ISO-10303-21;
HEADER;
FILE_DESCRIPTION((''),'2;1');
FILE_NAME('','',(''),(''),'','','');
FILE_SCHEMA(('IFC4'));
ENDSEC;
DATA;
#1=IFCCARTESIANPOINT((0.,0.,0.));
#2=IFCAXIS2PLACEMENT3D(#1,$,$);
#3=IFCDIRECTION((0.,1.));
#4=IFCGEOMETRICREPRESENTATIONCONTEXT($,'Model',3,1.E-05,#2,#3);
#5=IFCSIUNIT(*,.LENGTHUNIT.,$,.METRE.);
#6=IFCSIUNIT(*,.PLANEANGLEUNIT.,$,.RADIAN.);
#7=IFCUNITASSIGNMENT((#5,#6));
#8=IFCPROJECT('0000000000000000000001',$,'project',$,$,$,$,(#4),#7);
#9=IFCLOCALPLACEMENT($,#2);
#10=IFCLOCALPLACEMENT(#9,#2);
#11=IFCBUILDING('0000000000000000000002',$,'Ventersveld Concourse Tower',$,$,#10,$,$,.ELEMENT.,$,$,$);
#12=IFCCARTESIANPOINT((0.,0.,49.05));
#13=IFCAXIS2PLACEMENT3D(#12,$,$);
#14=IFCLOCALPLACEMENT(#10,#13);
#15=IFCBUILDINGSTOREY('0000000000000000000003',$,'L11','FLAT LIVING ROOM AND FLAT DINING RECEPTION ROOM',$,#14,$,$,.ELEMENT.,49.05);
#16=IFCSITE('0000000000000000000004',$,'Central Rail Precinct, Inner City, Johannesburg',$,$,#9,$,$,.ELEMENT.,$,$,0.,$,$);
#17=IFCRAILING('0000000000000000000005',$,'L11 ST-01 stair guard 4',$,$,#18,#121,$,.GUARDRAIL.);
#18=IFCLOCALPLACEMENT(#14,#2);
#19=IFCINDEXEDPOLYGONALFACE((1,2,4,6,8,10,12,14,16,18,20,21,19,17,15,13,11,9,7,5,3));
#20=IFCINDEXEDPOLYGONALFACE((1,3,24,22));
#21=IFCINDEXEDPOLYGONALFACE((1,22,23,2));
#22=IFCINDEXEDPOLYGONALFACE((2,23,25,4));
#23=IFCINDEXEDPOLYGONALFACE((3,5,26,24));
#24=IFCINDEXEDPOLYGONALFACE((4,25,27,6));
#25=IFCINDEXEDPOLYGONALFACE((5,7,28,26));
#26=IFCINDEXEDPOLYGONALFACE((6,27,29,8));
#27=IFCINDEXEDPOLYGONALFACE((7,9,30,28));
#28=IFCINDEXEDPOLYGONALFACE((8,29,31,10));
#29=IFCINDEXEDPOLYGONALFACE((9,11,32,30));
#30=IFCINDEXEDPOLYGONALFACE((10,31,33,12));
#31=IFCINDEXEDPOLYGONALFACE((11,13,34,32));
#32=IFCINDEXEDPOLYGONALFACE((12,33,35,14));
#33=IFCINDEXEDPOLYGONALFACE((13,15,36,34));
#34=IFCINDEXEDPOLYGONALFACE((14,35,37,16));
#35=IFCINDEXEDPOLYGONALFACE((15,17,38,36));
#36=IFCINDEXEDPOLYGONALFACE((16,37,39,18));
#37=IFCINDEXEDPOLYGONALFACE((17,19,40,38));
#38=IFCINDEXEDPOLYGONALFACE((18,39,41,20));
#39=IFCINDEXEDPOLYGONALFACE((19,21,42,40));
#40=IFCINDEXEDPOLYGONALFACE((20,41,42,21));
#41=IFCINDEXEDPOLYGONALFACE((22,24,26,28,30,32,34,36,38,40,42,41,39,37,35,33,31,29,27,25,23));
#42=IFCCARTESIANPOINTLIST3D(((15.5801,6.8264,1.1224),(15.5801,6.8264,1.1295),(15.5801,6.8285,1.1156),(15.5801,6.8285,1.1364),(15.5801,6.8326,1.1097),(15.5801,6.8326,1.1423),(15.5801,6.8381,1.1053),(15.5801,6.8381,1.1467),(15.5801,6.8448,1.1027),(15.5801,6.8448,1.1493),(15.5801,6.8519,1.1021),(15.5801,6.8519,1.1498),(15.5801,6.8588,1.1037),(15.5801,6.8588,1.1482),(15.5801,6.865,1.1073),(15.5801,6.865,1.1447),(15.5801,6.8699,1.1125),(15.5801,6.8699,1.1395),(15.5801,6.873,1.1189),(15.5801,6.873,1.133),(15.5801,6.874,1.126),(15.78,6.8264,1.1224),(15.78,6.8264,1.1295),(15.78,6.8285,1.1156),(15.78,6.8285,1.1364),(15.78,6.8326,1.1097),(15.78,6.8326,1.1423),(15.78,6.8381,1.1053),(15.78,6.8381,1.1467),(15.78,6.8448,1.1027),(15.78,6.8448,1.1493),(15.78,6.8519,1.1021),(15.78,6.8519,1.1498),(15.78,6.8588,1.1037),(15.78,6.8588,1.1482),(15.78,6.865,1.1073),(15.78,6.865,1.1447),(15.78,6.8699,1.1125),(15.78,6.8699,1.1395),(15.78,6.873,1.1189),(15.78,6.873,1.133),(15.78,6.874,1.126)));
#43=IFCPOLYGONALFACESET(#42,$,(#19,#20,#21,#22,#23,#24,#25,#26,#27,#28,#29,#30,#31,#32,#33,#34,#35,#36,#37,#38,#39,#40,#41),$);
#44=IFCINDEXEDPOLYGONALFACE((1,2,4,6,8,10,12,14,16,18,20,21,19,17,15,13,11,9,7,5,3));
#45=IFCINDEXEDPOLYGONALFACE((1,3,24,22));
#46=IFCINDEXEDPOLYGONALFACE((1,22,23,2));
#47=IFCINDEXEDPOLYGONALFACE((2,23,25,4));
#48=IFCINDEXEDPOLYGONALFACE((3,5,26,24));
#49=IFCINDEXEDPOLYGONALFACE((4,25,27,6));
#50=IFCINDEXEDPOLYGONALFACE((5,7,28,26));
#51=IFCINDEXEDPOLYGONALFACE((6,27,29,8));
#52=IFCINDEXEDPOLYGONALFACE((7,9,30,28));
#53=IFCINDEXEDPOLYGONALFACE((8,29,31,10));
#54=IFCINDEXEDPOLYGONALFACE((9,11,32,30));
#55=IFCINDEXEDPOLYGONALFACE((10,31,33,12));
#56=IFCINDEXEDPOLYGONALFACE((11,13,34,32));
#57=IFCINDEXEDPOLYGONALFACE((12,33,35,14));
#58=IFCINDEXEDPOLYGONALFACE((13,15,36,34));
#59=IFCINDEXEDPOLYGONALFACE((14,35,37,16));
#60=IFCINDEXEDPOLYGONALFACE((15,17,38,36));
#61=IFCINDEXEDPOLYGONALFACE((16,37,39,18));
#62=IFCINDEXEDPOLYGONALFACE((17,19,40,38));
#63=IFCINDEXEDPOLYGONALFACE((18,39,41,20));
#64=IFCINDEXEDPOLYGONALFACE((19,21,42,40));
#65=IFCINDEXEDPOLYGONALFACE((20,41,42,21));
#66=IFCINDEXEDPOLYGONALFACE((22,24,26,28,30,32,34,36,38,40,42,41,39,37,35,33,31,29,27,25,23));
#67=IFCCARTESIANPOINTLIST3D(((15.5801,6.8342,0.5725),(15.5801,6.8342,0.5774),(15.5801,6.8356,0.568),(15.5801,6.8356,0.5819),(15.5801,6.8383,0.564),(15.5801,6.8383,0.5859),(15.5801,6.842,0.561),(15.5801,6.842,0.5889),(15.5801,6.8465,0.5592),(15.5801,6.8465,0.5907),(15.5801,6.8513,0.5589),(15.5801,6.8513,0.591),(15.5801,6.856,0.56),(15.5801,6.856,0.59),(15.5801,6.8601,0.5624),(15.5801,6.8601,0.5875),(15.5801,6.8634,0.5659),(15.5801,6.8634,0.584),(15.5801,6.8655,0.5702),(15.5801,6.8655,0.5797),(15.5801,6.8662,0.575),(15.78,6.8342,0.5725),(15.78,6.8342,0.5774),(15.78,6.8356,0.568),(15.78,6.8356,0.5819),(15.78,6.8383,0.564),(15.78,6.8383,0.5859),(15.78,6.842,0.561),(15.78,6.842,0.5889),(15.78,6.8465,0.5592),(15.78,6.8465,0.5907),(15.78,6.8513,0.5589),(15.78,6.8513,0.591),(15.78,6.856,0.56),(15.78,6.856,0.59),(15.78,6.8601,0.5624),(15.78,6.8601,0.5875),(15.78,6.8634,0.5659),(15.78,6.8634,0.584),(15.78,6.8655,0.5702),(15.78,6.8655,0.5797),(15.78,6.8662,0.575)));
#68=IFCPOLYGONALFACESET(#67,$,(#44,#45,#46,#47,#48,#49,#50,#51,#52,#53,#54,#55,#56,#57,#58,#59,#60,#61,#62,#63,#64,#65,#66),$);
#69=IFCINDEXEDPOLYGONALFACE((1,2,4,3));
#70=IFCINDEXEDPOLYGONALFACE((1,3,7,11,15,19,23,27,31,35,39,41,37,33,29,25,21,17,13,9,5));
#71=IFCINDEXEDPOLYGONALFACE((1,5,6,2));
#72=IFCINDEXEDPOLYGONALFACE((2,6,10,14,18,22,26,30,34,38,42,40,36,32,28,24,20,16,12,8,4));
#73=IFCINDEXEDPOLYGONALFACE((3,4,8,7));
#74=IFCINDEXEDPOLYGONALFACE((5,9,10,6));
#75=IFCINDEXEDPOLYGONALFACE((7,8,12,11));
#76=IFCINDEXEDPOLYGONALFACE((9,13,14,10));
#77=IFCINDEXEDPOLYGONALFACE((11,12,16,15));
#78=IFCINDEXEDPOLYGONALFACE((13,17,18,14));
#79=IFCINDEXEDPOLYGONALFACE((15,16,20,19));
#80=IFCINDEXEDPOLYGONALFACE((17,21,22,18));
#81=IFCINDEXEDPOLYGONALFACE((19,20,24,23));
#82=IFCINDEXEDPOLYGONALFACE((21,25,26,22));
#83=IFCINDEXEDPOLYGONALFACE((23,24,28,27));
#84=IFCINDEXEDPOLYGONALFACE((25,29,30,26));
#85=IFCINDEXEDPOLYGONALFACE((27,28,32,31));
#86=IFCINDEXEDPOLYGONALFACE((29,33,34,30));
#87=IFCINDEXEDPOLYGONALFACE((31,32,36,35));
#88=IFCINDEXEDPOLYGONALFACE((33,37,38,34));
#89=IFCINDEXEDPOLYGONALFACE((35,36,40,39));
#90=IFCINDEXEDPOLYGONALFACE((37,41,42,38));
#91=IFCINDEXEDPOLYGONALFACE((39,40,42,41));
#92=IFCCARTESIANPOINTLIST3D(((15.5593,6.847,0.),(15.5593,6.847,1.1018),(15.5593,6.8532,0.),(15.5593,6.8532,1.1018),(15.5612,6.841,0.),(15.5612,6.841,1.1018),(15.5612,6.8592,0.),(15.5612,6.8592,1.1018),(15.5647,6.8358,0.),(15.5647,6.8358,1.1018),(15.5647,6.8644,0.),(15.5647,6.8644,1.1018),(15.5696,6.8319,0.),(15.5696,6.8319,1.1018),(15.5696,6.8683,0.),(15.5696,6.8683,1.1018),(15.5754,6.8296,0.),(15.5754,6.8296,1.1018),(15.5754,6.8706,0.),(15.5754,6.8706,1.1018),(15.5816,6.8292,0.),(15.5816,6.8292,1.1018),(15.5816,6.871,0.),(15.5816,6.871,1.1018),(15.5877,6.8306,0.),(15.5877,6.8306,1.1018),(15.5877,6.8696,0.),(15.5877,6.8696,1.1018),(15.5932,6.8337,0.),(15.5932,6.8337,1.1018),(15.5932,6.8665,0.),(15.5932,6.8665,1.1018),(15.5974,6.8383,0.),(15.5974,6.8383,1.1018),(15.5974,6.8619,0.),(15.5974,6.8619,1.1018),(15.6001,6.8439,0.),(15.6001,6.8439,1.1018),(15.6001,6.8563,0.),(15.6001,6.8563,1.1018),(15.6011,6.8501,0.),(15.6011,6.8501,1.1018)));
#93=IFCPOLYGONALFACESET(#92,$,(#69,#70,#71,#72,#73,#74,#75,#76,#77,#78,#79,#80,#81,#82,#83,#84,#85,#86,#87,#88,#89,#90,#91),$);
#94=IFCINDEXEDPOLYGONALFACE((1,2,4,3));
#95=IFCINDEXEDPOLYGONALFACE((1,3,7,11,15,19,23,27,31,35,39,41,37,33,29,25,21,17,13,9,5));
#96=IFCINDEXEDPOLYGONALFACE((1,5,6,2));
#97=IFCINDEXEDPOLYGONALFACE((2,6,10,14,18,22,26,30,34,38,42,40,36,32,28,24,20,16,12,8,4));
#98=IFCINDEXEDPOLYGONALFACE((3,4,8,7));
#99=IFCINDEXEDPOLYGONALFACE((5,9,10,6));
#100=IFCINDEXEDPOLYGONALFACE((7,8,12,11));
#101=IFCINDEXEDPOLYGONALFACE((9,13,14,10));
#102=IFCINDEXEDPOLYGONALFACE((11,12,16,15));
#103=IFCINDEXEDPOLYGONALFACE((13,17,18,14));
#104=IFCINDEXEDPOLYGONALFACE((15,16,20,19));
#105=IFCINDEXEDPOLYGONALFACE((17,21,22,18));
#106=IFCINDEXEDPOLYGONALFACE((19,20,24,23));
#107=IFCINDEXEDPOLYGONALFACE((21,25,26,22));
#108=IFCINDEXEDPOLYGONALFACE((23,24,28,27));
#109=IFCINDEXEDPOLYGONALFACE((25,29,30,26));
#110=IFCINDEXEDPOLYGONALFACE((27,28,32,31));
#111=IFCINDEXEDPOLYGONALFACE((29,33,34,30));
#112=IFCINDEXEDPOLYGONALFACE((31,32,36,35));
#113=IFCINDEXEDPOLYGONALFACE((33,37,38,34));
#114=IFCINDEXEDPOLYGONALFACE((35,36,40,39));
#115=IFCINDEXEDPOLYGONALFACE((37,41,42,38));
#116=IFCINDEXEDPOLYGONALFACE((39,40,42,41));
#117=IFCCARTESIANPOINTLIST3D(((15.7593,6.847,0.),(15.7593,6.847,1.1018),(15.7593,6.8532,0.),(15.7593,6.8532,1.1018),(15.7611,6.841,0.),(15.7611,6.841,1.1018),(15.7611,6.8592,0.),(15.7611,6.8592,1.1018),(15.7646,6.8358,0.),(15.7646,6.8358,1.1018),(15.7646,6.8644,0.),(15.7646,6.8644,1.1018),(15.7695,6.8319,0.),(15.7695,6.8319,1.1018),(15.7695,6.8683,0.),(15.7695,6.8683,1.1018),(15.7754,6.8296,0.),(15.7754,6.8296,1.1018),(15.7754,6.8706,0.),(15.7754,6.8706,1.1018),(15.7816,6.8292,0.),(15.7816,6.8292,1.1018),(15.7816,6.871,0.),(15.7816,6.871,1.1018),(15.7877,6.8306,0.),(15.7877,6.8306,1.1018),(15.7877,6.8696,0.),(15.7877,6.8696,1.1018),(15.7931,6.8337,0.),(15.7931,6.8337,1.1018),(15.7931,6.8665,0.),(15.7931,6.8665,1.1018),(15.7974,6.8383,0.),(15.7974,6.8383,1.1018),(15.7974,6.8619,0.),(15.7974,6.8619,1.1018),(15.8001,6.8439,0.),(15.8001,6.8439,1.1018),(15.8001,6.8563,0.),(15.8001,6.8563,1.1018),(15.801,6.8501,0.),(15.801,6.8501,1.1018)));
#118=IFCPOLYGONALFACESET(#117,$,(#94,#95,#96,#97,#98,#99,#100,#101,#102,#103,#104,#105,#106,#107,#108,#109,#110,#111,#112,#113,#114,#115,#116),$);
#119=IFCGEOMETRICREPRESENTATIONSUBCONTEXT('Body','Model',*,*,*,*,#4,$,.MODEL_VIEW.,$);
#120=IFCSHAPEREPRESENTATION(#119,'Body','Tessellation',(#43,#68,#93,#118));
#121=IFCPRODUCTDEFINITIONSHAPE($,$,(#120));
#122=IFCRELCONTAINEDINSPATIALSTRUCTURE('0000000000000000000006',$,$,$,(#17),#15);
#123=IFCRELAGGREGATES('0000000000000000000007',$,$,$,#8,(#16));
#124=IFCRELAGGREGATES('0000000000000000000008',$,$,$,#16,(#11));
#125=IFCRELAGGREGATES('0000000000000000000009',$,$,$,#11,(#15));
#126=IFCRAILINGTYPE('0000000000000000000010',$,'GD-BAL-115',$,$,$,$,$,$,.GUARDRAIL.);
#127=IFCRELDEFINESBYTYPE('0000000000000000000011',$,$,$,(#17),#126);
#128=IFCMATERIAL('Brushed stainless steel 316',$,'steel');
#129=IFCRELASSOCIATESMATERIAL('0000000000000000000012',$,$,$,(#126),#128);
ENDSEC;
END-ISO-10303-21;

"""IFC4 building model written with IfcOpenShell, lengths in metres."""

from ifc_helpers import new_model, si_unit, direction, frame, origin, origin_2d, place, context, subcontext, project, spatial, circle, extrude, material, type_object, element, save


model = new_model("IFC4")

# Units and contexts
model_context = context("Model", 3, precision=1e-05, world=origin(), true_north=direction((0.0, 1.0)))
body_context = subcontext(model_context, "Body", "Model", "MODEL_VIEW")
ifc_project = project(units=[si_unit("LENGTHUNIT", "METRE"), si_unit("PLANEANGLEUNIT", "RADIAN")], contexts=[model_context])

# Site, building, storey
site_placement = place(None, origin())
site = spatial("IfcSite", under=ifc_project, at=site_placement, Name="Central Rail Precinct, Inner City, Johannesburg", CompositionType="ELEMENT", RefElevation=0.0)
building_placement = place(site_placement, origin())
building = spatial("IfcBuilding", under=site, at=building_placement, Name="Ventersveld Concourse Tower", CompositionType="ELEMENT")
storey_placement = place(building_placement, frame((0.0, 0.0, 49.05)))
storey = spatial("IfcBuildingStorey", under=building, at=storey_placement, Name="L11", Description="FLAT LIVING ROOM AND FLAT DINING RECEPTION ROOM", CompositionType="ELEMENT", Elevation=49.05)

# Shared definitions
ifc_material_1 = material(Name="Brushed stainless steel 316", Category="steel")

# Railing
railing_type = type_object("IfcRailingType", Name="GD-BAL-115", PredefinedType="GUARDRAIL", material=ifc_material_1)
railing_1_placement = place(storey_placement, frame((15.5801, 6.8501, 0.0)))
element("IfcRailing", 1, at=railing_1_placement, inside=storey, type_object=railing_type, Name="L11 ST-01 stair guard 4", PredefinedType="GUARDRAIL", context=body_context, shape_type="SweptSolid", body=[
    extrude(circle(Radius=0.0239, at=origin_2d()), frame((0.0, 0.0, 1.126), z_axis=(1.0, 0.0, 0.0), x_axis=(0.0, 1.0, 0.0)), (0.0, 0.0, 1.0), 0.2),
    extrude(circle(Radius=0.0161, at=origin_2d()), frame((0.0, 0.0, 0.575), z_axis=(1.0, 0.0, 0.0), x_axis=(0.0, 1.0, 0.0)), (0.0, 0.0, 1.0), 0.2),
    extrude(circle(Radius=0.021, at=origin_2d()), origin(), (0.0, 0.0, 1.0), 1.1018),
    extrude(circle(Radius=0.021, at=origin_2d()), frame((0.2, 0.0, 0.0)), (0.0, 0.0, 1.0), 1.1018),
])

save(model, "model.ifc")
